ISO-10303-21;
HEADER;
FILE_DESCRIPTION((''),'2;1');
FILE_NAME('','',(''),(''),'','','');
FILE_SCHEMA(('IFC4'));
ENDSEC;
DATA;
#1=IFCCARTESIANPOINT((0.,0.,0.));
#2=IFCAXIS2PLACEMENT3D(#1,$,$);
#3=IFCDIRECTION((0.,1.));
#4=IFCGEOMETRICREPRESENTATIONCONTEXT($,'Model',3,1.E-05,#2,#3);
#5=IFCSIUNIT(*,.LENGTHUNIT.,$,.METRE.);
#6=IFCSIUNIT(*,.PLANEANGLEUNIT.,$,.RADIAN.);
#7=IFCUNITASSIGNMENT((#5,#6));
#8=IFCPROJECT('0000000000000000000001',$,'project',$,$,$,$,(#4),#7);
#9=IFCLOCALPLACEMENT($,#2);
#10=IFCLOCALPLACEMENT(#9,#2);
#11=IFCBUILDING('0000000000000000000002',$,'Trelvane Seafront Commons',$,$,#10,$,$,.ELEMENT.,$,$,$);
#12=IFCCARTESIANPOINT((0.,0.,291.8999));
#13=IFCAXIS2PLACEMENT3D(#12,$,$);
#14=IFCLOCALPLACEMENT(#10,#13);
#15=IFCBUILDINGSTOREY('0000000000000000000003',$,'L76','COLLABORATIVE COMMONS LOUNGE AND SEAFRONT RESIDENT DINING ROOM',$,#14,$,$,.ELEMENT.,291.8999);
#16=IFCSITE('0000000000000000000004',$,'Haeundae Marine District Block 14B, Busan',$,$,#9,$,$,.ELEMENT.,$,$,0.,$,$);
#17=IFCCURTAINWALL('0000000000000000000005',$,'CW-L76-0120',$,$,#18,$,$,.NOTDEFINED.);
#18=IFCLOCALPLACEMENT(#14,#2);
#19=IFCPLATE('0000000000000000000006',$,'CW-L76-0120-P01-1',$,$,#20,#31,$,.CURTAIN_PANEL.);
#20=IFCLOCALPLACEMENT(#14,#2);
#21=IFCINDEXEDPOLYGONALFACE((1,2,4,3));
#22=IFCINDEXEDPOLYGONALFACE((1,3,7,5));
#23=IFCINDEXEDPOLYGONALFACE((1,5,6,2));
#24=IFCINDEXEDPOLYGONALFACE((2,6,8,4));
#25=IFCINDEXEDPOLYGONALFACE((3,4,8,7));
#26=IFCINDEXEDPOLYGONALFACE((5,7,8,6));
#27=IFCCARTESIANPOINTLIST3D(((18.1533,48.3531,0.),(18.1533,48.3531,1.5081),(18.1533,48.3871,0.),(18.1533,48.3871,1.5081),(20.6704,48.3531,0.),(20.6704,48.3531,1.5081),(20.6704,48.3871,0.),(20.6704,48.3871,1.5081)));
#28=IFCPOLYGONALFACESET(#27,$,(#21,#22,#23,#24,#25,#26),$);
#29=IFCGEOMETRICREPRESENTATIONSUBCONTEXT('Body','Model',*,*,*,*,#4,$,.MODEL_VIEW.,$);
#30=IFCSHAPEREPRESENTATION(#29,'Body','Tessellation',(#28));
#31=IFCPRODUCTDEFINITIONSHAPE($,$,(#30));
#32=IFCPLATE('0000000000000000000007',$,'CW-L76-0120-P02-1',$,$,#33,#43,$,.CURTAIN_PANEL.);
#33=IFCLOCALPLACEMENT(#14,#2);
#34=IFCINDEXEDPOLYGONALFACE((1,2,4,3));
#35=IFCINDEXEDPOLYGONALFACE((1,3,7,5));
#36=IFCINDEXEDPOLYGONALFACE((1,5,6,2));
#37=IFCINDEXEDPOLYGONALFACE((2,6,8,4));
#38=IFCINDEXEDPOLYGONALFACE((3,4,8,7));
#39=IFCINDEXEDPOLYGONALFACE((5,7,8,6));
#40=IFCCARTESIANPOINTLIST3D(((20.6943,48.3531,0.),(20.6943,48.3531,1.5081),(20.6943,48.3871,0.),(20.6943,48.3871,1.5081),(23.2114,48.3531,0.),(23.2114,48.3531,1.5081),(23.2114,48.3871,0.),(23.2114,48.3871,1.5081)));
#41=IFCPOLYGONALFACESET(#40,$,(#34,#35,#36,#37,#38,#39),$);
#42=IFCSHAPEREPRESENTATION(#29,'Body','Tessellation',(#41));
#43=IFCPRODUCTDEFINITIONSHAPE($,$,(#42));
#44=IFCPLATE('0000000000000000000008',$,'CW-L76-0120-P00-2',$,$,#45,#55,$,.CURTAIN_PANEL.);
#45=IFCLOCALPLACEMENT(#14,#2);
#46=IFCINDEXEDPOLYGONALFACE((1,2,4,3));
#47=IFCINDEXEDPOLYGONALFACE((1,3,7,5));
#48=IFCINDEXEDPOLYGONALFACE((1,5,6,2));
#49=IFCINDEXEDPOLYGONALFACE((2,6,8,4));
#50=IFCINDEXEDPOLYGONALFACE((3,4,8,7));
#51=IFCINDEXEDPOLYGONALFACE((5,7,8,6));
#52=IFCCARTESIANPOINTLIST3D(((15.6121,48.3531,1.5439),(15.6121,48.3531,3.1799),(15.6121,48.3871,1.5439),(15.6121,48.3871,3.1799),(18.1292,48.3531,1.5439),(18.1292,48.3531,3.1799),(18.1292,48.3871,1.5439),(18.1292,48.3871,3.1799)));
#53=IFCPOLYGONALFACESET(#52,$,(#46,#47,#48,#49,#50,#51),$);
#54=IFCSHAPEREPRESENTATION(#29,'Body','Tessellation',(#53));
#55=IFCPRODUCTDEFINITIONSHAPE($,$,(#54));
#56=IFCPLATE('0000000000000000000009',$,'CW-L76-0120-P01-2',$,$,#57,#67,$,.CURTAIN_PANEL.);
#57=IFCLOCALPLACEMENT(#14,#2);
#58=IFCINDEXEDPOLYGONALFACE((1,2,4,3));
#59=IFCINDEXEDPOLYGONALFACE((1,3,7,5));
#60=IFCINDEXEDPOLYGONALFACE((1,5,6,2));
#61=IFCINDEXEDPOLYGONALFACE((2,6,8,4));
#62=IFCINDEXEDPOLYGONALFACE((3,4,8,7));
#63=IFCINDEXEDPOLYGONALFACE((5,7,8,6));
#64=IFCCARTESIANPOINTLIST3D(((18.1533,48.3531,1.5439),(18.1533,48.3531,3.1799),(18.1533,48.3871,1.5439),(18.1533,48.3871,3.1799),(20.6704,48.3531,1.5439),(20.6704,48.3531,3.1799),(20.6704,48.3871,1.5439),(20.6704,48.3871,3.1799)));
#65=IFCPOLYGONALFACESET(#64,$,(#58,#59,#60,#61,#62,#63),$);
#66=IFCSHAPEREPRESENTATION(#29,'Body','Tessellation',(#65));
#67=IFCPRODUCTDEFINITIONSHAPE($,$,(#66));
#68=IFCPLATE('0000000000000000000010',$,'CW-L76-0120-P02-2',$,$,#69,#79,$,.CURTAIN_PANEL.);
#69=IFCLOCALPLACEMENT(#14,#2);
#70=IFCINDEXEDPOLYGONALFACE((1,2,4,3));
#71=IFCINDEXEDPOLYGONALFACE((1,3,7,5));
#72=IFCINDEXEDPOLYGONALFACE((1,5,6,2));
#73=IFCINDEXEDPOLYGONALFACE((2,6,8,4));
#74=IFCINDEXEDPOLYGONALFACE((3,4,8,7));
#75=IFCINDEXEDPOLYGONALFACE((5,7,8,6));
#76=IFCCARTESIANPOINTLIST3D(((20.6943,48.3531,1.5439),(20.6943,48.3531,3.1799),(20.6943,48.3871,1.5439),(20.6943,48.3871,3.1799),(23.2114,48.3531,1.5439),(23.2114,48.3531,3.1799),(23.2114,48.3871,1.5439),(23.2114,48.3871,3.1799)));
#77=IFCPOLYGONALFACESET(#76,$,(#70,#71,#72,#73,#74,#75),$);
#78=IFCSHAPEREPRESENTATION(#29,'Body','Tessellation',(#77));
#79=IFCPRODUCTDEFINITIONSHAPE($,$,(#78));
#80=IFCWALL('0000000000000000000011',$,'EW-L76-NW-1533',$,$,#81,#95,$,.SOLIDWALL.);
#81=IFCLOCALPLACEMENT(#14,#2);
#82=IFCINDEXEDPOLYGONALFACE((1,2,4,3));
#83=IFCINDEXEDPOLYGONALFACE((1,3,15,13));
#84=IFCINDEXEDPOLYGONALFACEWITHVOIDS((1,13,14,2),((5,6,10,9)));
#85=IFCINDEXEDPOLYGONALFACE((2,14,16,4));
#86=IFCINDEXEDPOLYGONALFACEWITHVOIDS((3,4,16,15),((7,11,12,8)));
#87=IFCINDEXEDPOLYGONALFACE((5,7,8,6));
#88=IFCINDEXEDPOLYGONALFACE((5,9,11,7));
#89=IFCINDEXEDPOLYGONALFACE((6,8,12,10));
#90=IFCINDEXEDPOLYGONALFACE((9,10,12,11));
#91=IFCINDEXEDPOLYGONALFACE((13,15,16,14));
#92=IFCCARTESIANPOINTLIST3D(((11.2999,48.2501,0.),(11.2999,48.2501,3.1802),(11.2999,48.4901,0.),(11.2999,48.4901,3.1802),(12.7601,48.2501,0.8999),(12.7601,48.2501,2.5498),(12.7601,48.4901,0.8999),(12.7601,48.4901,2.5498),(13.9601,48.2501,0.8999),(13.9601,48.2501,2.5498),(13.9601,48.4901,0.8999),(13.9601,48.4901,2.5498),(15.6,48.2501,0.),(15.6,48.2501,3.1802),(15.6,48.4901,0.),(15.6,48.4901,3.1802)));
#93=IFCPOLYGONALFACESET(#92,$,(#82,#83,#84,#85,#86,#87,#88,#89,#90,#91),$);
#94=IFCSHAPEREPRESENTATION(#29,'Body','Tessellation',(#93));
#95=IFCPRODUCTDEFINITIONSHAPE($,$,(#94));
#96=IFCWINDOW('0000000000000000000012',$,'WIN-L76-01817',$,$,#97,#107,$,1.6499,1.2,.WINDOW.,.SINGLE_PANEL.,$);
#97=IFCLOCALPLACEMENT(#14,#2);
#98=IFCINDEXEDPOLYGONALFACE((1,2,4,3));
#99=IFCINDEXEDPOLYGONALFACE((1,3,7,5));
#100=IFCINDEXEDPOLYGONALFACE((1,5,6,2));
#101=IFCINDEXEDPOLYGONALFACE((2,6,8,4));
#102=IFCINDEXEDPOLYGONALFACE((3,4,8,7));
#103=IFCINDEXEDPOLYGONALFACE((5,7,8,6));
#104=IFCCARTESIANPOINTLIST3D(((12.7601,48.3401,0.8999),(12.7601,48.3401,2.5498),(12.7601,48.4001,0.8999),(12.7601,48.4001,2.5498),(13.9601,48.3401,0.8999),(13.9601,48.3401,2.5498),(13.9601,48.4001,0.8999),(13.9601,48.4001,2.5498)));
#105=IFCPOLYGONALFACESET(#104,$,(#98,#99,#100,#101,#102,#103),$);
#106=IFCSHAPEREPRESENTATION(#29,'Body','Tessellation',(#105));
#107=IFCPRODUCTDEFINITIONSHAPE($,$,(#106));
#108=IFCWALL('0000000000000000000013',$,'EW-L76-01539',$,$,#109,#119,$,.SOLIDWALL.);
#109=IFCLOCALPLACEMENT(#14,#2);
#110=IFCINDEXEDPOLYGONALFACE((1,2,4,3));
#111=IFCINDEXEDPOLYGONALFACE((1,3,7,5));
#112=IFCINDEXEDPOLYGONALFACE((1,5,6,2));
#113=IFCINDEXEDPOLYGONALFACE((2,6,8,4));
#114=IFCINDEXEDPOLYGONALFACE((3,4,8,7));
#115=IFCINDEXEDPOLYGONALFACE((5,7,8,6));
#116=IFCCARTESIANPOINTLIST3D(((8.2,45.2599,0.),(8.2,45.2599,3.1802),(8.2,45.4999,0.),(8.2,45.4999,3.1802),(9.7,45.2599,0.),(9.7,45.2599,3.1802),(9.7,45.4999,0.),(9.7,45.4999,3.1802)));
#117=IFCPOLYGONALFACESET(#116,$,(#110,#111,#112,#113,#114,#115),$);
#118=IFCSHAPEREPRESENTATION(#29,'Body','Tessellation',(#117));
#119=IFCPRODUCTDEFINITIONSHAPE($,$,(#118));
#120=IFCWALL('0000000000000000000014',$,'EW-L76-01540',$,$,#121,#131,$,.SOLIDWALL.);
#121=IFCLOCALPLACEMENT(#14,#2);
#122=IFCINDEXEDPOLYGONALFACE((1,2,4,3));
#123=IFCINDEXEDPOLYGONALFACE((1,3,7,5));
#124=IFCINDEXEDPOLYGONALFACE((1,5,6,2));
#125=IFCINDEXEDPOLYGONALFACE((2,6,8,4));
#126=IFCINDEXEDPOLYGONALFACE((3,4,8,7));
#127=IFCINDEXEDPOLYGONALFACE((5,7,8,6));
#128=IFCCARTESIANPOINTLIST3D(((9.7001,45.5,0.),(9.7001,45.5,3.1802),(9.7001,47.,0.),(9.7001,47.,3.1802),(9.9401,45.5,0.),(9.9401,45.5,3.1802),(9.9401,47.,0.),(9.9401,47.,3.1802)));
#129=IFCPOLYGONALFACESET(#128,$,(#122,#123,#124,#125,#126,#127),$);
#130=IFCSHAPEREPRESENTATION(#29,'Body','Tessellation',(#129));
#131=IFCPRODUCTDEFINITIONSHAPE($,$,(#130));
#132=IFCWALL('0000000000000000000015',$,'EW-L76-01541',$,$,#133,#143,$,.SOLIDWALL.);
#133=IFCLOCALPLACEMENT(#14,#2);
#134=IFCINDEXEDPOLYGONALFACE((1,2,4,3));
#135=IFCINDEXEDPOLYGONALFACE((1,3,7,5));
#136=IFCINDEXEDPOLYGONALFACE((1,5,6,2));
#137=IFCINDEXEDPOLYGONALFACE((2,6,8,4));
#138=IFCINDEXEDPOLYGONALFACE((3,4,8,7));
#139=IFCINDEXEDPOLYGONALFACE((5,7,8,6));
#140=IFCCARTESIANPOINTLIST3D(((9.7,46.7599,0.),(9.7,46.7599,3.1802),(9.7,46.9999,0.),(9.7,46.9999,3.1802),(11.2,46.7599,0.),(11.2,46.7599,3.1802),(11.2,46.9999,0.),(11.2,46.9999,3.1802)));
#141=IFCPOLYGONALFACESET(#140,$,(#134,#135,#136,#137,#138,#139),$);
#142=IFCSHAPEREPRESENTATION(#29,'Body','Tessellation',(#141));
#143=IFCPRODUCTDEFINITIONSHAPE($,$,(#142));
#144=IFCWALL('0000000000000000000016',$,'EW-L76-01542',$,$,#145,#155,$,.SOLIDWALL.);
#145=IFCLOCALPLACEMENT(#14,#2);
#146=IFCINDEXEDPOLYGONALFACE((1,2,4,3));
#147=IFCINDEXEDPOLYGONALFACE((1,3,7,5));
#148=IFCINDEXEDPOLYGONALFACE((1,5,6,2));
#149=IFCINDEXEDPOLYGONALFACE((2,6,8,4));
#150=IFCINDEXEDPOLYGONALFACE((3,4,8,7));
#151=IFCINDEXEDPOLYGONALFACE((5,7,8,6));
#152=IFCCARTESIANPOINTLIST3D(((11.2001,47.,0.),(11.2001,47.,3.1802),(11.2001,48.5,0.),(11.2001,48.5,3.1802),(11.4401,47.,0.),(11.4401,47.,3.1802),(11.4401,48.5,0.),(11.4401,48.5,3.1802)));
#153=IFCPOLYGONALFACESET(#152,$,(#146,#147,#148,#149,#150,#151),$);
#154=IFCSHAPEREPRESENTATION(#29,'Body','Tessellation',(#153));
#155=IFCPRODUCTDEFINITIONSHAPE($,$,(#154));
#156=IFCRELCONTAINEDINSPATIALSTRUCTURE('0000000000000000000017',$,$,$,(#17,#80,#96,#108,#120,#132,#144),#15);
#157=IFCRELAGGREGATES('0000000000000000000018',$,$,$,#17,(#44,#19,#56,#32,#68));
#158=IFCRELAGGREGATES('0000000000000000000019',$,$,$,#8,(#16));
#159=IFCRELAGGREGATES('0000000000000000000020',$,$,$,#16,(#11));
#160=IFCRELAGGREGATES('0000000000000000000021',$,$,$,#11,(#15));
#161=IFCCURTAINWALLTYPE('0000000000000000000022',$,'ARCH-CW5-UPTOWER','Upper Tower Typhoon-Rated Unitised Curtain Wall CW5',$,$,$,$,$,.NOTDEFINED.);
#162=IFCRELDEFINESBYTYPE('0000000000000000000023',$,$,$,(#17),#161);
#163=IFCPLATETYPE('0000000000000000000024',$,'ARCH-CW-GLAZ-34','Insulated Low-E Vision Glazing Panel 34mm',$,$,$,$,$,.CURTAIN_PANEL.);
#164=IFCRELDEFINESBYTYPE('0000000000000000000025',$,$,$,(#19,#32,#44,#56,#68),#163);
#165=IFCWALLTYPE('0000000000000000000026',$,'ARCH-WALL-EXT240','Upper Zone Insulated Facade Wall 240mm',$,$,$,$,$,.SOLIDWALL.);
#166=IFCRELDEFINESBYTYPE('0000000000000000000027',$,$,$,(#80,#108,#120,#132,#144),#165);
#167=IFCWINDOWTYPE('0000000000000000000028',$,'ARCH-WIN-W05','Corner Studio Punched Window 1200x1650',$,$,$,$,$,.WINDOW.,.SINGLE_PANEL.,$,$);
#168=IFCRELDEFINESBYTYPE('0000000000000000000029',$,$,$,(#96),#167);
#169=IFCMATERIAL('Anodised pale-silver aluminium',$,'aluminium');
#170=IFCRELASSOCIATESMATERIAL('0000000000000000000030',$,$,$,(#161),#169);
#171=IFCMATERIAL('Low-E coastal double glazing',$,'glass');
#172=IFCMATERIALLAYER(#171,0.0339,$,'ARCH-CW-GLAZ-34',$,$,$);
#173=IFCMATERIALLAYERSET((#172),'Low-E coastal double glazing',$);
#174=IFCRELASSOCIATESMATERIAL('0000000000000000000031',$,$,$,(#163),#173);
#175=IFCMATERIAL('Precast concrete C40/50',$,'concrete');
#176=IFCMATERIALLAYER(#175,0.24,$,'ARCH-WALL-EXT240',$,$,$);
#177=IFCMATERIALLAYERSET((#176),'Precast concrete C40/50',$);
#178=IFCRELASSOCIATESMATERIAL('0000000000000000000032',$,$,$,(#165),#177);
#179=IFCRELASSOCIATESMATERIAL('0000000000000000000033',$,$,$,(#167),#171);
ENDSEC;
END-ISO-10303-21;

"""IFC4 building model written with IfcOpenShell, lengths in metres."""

from ifc_helpers import new_model, si_unit, direction, frame, frame_2d, origin, origin_2d, place, context, subcontext, project, spatial, rectangle, extrude, source, transform, mapped, material, layer, layer_set, type_object, element, fill, aggregate, save


model = new_model("IFC4")

# Units and contexts
model_context = context("Model", 3, precision=1e-05, world=origin(), true_north=direction((0.0, 1.0)))
body_context = subcontext(model_context, "Body", "Model", "MODEL_VIEW")
ifc_project = project(units=[si_unit("LENGTHUNIT", "METRE"), si_unit("PLANEANGLEUNIT", "RADIAN")], contexts=[model_context])

# Site, building, storey
site_placement = place(None, origin())
site = spatial("IfcSite", under=ifc_project, at=site_placement, Name="Haeundae Marine District Block 14B, Busan", CompositionType="ELEMENT", RefElevation=0.0)
building_placement = place(site_placement, origin())
building = spatial("IfcBuilding", under=site, at=building_placement, Name="Trelvane Seafront Commons", CompositionType="ELEMENT")
storey_placement = place(building_placement, frame((0.0, 0.0, 291.8999)))
storey = spatial("IfcBuildingStorey", under=building, at=storey_placement, Name="L76", Description="COLLABORATIVE COMMONS LOUNGE AND SEAFRONT RESIDENT DINING ROOM", CompositionType="ELEMENT", Elevation=291.8999)

# Curtain wall
ifc_material_1 = material(Name="Anodised pale-silver aluminium", Category="aluminium")
curtain_wall_type = type_object("IfcCurtainWallType", Name="ARCH-CW5-UPTOWER", Description="Upper Tower Typhoon-Rated Unitised Curtain Wall CW5", PredefinedType="NOTDEFINED", material=ifc_material_1)
curtain_wall_placement = place(storey_placement, origin())
curtain_wall = element("IfcCurtainWall", 1, at=curtain_wall_placement, inside=storey, type_object=curtain_wall_type, Name="CW-L76-0120", PredefinedType="NOTDEFINED")

# Plates
ifc_material_2 = material(Name="Low-E coastal double glazing", Category="glass")
ifc_layer_1 = layer(ifc_material_2, 0.0339, Name="ARCH-CW-GLAZ-34")
ifc_layer_set_1 = layer_set([ifc_layer_1], Name="Low-E coastal double glazing")
plate_type_1 = type_object("IfcPlateType", Name="ARCH-CW-GLAZ-34", Description="Insulated Low-E Vision Glazing Panel 34mm", PredefinedType="CURTAIN_PANEL", material=ifc_layer_set_1)
shared_shape_1 = source(origin(), body_context, "Body", "SweptSolid", [
    extrude(rectangle(XDim=2.5171, YDim=0.0339, at=origin_2d()), origin(), (0.0, 0.0, 1.0), 1.5081),
])
plate_1_placement = place(storey_placement, frame((19.4119, 48.3701, 0.0), z_axis=(0.0, 0.0, 1.0), x_axis=(1.0, 0.0, 0.0)))
plate_1 = element("IfcPlate", 2, at=plate_1_placement, type_object=plate_type_1, Name="CW-L76-0120-P01-1", PredefinedType="CURTAIN_PANEL", context=body_context, shape_type="MappedRepresentation", body=[
    mapped(shared_shape_1, transform((0.0, 0.0, 0.0), x_axis=(1.0, 0.0, 0.0), y_axis=(0.0, 1.0, 0.0), z_axis=(0.0, 0.0, 1.0), scale=1.0)),
])
plate_2_placement = place(storey_placement, frame((21.9529, 48.3701, 0.0), z_axis=(0.0, 0.0, 1.0), x_axis=(1.0, 0.0, 0.0)))
plate_2 = element("IfcPlate", 3, at=plate_2_placement, type_object=plate_type_1, Name="CW-L76-0120-P02-1", PredefinedType="CURTAIN_PANEL", context=body_context, shape_type="MappedRepresentation", body=[
    mapped(shared_shape_1, transform((0.0, 0.0, 0.0), x_axis=(1.0, 0.0, 0.0), y_axis=(0.0, 1.0, 0.0), z_axis=(0.0, 0.0, 1.0), scale=1.0)),
])
shared_shape_2 = source(origin(), body_context, "Body", "SweptSolid", [
    extrude(rectangle(XDim=2.5171, YDim=0.0339, at=origin_2d()), origin(), (0.0, 0.0, 1.0), 1.636),
])
plate_3_placement = place(storey_placement, frame((16.8706, 48.3701, 1.5439), z_axis=(0.0, 0.0, 1.0), x_axis=(1.0, 0.0, 0.0)))
plate_3 = element("IfcPlate", 4, at=plate_3_placement, type_object=plate_type_1, Name="CW-L76-0120-P00-2", PredefinedType="CURTAIN_PANEL", context=body_context, shape_type="MappedRepresentation", body=[
    mapped(shared_shape_2, transform((0.0, 0.0, 0.0), x_axis=(1.0, 0.0, 0.0), y_axis=(0.0, 1.0, 0.0), z_axis=(0.0, 0.0, 1.0), scale=1.0)),
])
plate_4_placement = place(storey_placement, frame((19.4119, 48.3701, 1.5439), z_axis=(0.0, 0.0, 1.0), x_axis=(1.0, 0.0, 0.0)))
plate_4 = element("IfcPlate", 5, at=plate_4_placement, type_object=plate_type_1, Name="CW-L76-0120-P01-2", PredefinedType="CURTAIN_PANEL", context=body_context, shape_type="MappedRepresentation", body=[
    mapped(shared_shape_2, transform((0.0, 0.0, 0.0), x_axis=(1.0, 0.0, 0.0), y_axis=(0.0, 1.0, 0.0), z_axis=(0.0, 0.0, 1.0), scale=1.0)),
])
plate_5_placement = place(storey_placement, frame((21.9529, 48.3701, 1.5439), z_axis=(0.0, 0.0, 1.0), x_axis=(1.0, 0.0, 0.0)))
plate_5 = element("IfcPlate", 6, at=plate_5_placement, type_object=plate_type_1, Name="CW-L76-0120-P02-2", PredefinedType="CURTAIN_PANEL", context=body_context, shape_type="MappedRepresentation", body=[
    mapped(shared_shape_2, transform((0.0, 0.0, 0.0), x_axis=(1.0, 0.0, 0.0), y_axis=(0.0, 1.0, 0.0), z_axis=(0.0, 0.0, 1.0), scale=1.0)),
])
aggregate(curtain_wall, [plate_3, plate_1, plate_4, plate_2, plate_5])

# Wall, opening, window
ifc_material_3 = material(Name="Precast concrete C40/50", Category="concrete")
ifc_layer_2 = layer(ifc_material_3, 0.24, Name="ARCH-WALL-EXT240")
ifc_layer_set_2 = layer_set([ifc_layer_2], Name="Precast concrete C40/50")
wall_type = type_object("IfcWallType", Name="ARCH-WALL-EXT240", Description="Upper Zone Insulated Facade Wall 240mm", PredefinedType="SOLIDWALL", material=ifc_layer_set_2)
wall_placement = place(storey_placement, frame((11.3, 48.3701, 0.0), z_axis=(0.0, 0.0, 1.0), x_axis=(1.0, 0.0, 0.0)))
wall = element("IfcWall", 7, at=wall_placement, inside=storey, type_object=wall_type, Name="EW-L76-NW-1533", PredefinedType="SOLIDWALL", context=body_context, shape_type="SweptSolid", body=[
    extrude(rectangle(XDim=4.3, YDim=0.24, at=frame_2d((2.1499, 0.0))), origin(), (0.0, 0.0, 1.0), 3.1802),
])
opening_placement = place(wall_placement, frame((1.46, 0.0, 0.8999)))
opening = element("IfcOpeningElement", 8, at=opening_placement, cuts=wall, PredefinedType="OPENING", context=body_context, shape_type="SweptSolid", body=[
    extrude(rectangle(XDim=1.2, YDim=1.6499, at=frame_2d((0.6001, 0.825))), frame((0.0, 0.1299, 0.0), z_axis=(0.0, -1.0, 0.0), x_axis=(1.0, 0.0, 0.0)), (0.0, 0.0, 1.0), 0.26),
])
window_type = type_object("IfcWindowType", Name="ARCH-WIN-W05", Description="Corner Studio Punched Window 1200x1650", PartitioningType="SINGLE_PANEL", PredefinedType="WINDOW", material=ifc_material_2)
shared_shape_3 = source(origin(), body_context, "Body", "SweptSolid", [
    extrude(rectangle(XDim=1.2, YDim=1.6499, at=frame_2d((0.6001, 0.825))), frame((0.0, 0.03, 0.0), z_axis=(0.0, -1.0, 0.0), x_axis=(1.0, 0.0, 0.0)), (0.0, 0.0, 1.0), 0.0601),
])
window_placement = place(opening_placement, origin())
window = element("IfcWindow", 9, at=window_placement, inside=storey, type_object=window_type, Name="WIN-L76-01817", OverallHeight=1.6499, OverallWidth=1.2, PartitioningType="SINGLE_PANEL", PredefinedType="WINDOW", context=body_context, shape_type="MappedRepresentation", body=[
    mapped(shared_shape_3, transform((0.0, 0.0, 0.0), x_axis=(1.0, 0.0, 0.0), y_axis=(0.0, 1.0, 0.0), z_axis=(0.0, 0.0, 1.0), scale=1.0)),
])
fill(opening, window)

# Walls
for number, where, z_axis, x_axis, name in (
    (10, (8.2, 45.3799, 0.0), (0.0, 0.0, 1.0), (1.0, 0.0, 0.0), "EW-L76-01539"),
    (11, (9.8201, 45.5, 0.0), (0.0, 0.0, 1.0), (0.0, 1.0, 0.0), "EW-L76-01540"),
    (12, (9.7, 46.8799, 0.0), (0.0, 0.0, 1.0), (1.0, 0.0, 0.0), "EW-L76-01541"),
    (13, (11.3201, 47.0, 0.0), (0.0, 0.0, 1.0), (0.0, 1.0, 0.0), "EW-L76-01542"),
):
    element("IfcWall", number, at=place(storey_placement, frame(where, z_axis=z_axis, x_axis=x_axis)), inside=storey, type_object=wall_type, Name=name, PredefinedType="SOLIDWALL", context=body_context, shape_type="SweptSolid", body=[
        extrude(rectangle(XDim=1.5, YDim=0.24, at=frame_2d((0.75, 0.0))), origin(), (0.0, 0.0, 1.0), 3.1802),
    ])

save(model, "model.ifc")
